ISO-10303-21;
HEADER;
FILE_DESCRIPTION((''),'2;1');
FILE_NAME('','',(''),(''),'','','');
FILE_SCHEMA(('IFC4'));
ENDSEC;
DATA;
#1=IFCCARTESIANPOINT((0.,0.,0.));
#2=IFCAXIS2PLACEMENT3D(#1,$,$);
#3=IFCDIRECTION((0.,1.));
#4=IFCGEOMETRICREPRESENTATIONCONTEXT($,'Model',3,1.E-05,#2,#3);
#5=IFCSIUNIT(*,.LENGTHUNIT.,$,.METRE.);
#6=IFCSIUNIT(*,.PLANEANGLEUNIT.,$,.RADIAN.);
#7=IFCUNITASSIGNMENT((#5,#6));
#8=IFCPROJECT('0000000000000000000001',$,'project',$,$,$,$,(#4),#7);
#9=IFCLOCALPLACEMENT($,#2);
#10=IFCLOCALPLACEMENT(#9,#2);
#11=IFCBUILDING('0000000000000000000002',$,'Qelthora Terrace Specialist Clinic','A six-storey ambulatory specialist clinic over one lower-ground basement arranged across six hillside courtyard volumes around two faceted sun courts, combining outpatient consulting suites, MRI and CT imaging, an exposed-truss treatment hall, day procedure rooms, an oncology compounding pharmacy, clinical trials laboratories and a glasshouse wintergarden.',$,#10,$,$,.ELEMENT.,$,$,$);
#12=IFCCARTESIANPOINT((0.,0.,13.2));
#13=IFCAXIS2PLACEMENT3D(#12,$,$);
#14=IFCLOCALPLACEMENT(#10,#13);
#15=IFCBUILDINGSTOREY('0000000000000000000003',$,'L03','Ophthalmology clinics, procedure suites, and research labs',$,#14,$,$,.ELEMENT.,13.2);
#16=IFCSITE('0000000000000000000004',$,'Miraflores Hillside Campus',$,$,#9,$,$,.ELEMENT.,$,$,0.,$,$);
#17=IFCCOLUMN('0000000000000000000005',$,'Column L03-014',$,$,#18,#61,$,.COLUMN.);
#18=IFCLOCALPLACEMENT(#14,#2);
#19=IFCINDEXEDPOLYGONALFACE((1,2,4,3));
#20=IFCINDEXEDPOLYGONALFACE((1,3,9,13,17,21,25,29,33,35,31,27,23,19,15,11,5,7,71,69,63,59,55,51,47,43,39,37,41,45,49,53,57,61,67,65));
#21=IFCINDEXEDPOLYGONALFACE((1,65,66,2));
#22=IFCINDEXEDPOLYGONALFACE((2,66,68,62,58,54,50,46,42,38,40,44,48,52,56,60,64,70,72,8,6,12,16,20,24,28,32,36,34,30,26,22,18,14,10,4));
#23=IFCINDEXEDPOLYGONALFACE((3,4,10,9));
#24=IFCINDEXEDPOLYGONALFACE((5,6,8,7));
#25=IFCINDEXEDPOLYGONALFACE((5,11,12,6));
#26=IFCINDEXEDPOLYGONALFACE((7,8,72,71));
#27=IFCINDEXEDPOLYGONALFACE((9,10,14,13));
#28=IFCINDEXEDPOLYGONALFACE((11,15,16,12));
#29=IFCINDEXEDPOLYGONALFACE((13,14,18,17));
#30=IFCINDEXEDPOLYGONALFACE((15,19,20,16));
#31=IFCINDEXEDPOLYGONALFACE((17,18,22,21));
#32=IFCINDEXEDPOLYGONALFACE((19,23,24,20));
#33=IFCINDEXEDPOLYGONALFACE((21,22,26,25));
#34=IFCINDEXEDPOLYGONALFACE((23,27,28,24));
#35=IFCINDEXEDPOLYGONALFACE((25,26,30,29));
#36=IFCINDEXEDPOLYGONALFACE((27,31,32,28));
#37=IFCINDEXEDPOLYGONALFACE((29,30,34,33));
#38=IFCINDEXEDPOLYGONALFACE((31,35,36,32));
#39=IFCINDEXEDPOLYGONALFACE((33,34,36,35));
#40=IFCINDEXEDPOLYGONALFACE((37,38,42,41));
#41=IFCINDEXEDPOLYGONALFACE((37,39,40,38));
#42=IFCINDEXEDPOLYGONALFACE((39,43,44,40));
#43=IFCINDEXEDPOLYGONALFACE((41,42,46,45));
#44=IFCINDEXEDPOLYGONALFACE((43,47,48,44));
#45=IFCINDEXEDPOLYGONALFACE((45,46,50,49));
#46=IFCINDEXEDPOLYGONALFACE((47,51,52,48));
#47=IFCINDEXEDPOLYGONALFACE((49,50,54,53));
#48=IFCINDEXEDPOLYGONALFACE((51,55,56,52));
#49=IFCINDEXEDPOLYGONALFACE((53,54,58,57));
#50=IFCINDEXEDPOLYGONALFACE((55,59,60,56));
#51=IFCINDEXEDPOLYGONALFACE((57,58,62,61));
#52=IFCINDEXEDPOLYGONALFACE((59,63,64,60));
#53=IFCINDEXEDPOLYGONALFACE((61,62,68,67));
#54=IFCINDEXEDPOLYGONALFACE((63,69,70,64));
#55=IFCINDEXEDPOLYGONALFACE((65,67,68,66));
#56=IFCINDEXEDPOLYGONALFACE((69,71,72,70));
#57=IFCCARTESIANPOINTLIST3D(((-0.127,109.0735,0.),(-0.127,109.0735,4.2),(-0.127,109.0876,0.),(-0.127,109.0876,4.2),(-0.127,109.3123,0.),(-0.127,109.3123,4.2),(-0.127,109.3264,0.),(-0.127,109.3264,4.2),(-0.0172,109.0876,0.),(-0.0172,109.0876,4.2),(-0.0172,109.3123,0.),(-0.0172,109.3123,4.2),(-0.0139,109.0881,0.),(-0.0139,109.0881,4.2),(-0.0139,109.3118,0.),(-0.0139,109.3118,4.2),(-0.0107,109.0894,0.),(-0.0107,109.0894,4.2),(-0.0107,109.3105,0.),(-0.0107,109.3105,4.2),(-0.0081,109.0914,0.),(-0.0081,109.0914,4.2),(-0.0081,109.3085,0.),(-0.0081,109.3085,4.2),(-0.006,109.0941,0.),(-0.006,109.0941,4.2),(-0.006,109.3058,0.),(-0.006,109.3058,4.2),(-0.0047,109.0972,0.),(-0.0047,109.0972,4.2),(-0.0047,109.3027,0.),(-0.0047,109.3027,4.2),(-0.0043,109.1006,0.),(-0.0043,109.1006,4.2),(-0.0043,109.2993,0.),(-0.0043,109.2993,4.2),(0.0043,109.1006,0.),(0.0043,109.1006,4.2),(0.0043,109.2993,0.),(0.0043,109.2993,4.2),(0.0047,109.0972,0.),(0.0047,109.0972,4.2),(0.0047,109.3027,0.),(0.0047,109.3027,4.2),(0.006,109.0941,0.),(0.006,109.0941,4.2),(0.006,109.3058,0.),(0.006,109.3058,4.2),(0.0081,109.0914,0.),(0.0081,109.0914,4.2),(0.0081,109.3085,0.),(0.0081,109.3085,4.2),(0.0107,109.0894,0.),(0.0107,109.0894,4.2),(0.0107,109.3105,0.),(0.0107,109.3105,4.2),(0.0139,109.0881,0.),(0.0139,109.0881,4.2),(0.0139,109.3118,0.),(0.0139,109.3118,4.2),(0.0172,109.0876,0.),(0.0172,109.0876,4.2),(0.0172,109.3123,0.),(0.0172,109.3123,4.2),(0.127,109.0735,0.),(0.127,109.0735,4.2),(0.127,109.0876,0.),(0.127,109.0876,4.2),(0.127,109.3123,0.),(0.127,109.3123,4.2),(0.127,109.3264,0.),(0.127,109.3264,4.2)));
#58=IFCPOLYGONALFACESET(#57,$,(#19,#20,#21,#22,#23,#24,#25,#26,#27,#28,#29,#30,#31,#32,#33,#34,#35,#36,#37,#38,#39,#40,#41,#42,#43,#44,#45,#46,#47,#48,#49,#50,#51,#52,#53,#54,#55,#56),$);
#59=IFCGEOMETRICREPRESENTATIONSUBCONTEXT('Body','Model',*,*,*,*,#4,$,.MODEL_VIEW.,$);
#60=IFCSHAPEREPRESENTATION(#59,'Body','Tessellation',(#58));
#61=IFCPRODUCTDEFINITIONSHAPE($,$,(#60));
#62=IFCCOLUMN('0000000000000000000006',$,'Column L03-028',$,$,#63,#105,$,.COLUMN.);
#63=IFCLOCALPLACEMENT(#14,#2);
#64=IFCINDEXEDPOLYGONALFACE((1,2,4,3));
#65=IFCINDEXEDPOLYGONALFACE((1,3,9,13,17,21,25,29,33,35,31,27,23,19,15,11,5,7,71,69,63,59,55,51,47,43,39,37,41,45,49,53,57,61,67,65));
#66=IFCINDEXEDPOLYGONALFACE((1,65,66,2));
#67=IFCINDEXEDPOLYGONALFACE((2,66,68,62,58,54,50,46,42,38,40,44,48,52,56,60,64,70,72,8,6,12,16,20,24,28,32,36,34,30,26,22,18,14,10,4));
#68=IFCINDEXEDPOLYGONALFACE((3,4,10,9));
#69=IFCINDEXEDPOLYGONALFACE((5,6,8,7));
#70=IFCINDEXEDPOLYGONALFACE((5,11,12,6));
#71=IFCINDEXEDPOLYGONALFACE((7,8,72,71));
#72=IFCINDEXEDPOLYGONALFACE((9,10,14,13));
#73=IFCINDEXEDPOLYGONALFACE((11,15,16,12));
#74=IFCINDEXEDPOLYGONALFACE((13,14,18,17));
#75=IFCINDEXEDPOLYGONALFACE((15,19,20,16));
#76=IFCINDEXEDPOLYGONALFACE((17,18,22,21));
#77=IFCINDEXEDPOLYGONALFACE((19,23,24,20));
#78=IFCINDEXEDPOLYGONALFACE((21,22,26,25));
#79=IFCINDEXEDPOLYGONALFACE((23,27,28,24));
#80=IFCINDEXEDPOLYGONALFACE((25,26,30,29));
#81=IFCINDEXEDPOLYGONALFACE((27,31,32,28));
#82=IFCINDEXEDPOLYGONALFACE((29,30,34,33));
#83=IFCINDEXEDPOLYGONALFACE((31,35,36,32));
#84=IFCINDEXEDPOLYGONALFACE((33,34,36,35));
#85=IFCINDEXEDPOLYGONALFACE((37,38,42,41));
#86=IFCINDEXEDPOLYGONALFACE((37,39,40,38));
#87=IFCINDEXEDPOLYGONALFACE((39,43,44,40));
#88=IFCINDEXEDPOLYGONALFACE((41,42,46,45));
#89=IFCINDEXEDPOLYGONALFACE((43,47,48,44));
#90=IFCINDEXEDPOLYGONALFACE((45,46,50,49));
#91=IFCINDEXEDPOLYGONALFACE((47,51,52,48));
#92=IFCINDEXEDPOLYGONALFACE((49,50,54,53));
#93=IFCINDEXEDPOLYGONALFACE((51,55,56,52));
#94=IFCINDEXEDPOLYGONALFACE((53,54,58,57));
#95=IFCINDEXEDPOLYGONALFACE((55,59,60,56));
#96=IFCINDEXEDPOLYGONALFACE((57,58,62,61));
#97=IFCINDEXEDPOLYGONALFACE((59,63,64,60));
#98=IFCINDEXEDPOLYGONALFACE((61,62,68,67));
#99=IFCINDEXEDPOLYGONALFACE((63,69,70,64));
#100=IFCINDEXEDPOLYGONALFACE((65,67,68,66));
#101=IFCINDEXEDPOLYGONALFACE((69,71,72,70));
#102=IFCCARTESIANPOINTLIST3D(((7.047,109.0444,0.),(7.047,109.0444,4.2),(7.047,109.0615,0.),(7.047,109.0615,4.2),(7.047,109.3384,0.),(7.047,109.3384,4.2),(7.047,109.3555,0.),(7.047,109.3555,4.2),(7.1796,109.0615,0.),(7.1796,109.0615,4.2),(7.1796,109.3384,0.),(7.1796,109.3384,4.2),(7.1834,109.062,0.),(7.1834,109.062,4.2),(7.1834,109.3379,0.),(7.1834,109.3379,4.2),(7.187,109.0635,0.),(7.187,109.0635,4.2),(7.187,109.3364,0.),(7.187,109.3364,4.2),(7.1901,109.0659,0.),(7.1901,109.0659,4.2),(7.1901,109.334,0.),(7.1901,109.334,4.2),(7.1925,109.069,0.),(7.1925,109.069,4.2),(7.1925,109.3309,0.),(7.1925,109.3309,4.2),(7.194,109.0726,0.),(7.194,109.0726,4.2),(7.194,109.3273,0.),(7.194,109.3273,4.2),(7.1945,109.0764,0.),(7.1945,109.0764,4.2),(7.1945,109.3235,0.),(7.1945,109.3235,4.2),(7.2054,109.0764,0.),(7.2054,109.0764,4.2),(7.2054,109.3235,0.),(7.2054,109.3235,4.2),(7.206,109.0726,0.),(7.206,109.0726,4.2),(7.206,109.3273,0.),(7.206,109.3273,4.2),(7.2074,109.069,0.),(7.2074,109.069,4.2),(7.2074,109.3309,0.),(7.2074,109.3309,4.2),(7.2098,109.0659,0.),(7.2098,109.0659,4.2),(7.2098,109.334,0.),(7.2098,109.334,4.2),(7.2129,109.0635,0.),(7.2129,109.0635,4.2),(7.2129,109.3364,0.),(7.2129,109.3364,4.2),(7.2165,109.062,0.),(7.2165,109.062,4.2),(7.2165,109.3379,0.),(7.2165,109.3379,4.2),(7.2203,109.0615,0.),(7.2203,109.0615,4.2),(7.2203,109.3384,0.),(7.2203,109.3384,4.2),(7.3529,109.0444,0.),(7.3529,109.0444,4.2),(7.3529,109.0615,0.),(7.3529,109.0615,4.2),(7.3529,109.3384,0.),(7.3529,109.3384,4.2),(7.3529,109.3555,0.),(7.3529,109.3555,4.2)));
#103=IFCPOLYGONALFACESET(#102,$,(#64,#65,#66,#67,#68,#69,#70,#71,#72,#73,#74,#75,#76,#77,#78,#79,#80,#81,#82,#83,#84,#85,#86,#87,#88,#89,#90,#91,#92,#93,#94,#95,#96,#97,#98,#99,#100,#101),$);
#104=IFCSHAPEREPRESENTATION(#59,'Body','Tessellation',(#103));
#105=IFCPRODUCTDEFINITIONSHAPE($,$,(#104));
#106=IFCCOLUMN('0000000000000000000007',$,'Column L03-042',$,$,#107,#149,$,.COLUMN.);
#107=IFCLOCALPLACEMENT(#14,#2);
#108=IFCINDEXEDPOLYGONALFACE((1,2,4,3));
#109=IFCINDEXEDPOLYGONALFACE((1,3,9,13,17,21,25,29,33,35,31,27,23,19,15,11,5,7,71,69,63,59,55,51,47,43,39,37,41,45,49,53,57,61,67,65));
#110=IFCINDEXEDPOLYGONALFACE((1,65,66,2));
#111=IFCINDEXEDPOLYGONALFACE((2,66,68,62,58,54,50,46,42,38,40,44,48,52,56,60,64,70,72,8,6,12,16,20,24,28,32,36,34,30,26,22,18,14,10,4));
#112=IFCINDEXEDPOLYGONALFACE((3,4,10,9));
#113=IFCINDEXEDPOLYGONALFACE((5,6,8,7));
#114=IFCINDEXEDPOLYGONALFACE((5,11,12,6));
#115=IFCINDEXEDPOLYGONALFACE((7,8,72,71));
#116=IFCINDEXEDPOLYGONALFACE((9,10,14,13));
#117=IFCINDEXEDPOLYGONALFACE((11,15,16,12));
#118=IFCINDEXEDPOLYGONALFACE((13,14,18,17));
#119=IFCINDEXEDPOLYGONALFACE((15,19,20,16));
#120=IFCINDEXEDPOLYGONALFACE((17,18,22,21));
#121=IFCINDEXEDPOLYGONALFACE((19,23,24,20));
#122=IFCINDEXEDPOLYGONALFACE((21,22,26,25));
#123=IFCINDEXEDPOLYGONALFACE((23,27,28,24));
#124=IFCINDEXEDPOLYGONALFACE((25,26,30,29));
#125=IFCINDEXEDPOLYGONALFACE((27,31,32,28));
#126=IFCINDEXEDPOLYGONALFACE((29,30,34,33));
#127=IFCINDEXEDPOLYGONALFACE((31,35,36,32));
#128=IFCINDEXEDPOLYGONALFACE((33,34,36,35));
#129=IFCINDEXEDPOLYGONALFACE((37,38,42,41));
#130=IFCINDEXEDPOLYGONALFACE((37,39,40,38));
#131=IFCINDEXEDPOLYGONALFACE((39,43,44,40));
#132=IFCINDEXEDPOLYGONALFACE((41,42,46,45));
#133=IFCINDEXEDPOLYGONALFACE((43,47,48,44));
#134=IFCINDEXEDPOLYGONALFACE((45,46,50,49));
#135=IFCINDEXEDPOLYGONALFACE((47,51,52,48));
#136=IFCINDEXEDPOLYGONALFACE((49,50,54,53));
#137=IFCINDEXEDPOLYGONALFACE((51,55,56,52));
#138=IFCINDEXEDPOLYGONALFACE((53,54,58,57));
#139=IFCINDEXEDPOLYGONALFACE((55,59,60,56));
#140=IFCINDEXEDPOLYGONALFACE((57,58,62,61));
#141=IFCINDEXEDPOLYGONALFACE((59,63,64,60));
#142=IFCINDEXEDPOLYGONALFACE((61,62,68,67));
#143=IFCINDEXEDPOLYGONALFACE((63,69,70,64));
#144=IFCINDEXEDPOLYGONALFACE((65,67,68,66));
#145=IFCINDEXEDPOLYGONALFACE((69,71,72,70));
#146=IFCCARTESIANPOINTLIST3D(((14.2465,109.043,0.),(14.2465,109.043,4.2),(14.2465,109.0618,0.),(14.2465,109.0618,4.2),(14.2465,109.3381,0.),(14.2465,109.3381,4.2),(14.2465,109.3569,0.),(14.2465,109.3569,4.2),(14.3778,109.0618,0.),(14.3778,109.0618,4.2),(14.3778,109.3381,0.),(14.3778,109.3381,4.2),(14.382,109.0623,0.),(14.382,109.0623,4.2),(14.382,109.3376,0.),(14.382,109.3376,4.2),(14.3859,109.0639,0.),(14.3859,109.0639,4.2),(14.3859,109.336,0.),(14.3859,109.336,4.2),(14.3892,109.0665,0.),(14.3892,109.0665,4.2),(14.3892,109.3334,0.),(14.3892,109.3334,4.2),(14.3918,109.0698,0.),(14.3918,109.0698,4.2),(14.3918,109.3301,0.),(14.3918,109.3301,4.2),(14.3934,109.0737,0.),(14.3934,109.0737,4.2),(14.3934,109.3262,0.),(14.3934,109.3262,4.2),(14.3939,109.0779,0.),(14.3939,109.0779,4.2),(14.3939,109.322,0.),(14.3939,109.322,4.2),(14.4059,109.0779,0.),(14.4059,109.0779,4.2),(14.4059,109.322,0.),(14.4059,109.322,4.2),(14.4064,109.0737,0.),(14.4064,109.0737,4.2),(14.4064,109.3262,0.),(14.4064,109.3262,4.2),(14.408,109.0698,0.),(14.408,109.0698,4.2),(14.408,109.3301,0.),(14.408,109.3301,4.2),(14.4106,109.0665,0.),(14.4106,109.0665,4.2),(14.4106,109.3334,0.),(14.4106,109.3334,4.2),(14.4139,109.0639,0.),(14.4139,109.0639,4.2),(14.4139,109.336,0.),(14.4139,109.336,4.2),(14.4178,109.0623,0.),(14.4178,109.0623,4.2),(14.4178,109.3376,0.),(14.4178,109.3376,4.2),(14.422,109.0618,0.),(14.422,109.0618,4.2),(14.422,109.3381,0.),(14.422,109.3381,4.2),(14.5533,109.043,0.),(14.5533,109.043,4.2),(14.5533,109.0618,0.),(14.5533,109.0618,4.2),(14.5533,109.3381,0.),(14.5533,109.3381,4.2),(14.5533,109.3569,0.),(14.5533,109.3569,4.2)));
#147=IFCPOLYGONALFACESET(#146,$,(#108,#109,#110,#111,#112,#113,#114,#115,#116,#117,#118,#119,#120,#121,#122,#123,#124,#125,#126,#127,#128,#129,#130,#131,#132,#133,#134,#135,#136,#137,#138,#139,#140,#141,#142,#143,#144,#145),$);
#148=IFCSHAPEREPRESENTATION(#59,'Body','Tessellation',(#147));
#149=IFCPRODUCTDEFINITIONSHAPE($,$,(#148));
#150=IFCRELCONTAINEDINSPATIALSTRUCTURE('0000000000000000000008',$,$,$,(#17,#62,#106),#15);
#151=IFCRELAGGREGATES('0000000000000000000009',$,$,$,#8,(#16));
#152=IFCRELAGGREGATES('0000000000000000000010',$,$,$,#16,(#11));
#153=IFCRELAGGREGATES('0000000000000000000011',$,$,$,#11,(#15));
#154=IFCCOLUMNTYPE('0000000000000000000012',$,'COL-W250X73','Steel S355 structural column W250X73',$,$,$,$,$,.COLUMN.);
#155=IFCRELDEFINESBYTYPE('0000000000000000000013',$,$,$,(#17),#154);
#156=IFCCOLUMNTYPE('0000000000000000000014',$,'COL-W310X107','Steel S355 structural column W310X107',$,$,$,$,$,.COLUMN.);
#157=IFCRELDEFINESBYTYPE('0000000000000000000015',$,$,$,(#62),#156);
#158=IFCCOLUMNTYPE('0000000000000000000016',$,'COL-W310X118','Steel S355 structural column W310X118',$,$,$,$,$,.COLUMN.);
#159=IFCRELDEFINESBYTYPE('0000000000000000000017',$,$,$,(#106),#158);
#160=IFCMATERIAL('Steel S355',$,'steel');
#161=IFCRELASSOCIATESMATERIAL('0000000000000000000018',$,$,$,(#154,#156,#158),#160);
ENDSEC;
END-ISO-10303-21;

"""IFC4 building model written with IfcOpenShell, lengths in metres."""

from ifc_helpers import new_model, si_unit, direction, frame, origin, origin_2d, place, context, subcontext, project, spatial, i_section, extrude, material, material_profile, profile_set, type_object, element, save


model = new_model("IFC4")

# Units and contexts
model_context = context("Model", 3, precision=1e-05, world=origin(), true_north=direction((0.0, 1.0)))
body_context = subcontext(model_context, "Body", "Model", "MODEL_VIEW")
ifc_project = project(units=[si_unit("LENGTHUNIT", "METRE"), si_unit("PLANEANGLEUNIT", "RADIAN")], contexts=[model_context])

# Site, building, storey
site_placement = place(None, origin())
site = spatial("IfcSite", under=ifc_project, at=site_placement, Name="Miraflores Hillside Campus", CompositionType="ELEMENT", RefElevation=0.0)
building_placement = place(site_placement, origin())
building = spatial("IfcBuilding", under=site, at=building_placement, Name="Qelthora Terrace Specialist Clinic", Description="A six-storey ambulatory specialist clinic over one lower-ground basement arranged across six hillside courtyard volumes around two faceted sun courts, combining outpatient consulting suites, MRI and CT imaging, an exposed-truss treatment hall, day procedure rooms, an oncology compounding pharmacy, clinical trials laboratories and a glasshouse wintergarden.", CompositionType="ELEMENT")
storey_placement = place(building_placement, frame((0.0, 0.0, 13.2)))
storey = spatial("IfcBuildingStorey", under=building, at=storey_placement, Name="L03", Description="Ophthalmology clinics, procedure suites, and research labs", CompositionType="ELEMENT", Elevation=13.2)

# Columns
ifc_material_1 = material(Name="Steel S355", Category="steel")
ifc_material_profile_1 = material_profile(ifc_material_1, i_section(OverallWidth=0.2539, OverallDepth=0.2529, WebThickness=0.0085, FlangeThickness=0.0142, FilletRadius=0.0129, at=origin_2d()), Name="W250X73")
ifc_profile_set_1 = profile_set([ifc_material_profile_1], Name="Steel S355")
column_type_1 = type_object("IfcColumnType", Name="COL-W250X73", Description="Steel S355 structural column W250X73", PredefinedType="COLUMN", material=ifc_profile_set_1)
column_1_placement = place(storey_placement, frame((0.0, 109.2, 0.0), z_axis=(0.0, 0.0, 1.0), x_axis=(1.0, 0.0, 0.0)))
element("IfcColumn", 1, at=column_1_placement, inside=storey, type_object=column_type_1, Name="Column L03-014", PredefinedType="COLUMN", context=body_context, shape_type="SweptSolid", body=[
    extrude(i_section(OverallWidth=0.2539, OverallDepth=0.2529, WebThickness=0.0085, FlangeThickness=0.0142, FilletRadius=0.0129, at=origin_2d()), origin(), (0.0, 0.0, 1.0), 4.2),
])
ifc_material_profile_2 = material_profile(ifc_material_1, i_section(OverallWidth=0.3059, OverallDepth=0.311, WebThickness=0.011, FlangeThickness=0.0171, FilletRadius=0.0149, at=origin_2d()), Name="W310X107")
ifc_profile_set_2 = profile_set([ifc_material_profile_2], Name="Steel S355")
column_type_2 = type_object("IfcColumnType", Name="COL-W310X107", Description="Steel S355 structural column W310X107", PredefinedType="COLUMN", material=ifc_profile_set_2)
column_2_placement = place(storey_placement, frame((7.2, 109.2, 0.0), z_axis=(0.0, 0.0, 1.0), x_axis=(1.0, 0.0, 0.0)))
element("IfcColumn", 2, at=column_2_placement, inside=storey, type_object=column_type_2, Name="Column L03-028", PredefinedType="COLUMN", context=body_context, shape_type="SweptSolid", body=[
    extrude(i_section(OverallWidth=0.3059, OverallDepth=0.311, WebThickness=0.011, FlangeThickness=0.0171, FilletRadius=0.0149, at=origin_2d()), origin(), (0.0, 0.0, 1.0), 4.2),
])
ifc_material_profile_3 = material_profile(ifc_material_1, i_section(OverallWidth=0.3069, OverallDepth=0.314, WebThickness=0.012, FlangeThickness=0.0188, FilletRadius=0.0161, at=origin_2d()), Name="W310X118")
ifc_profile_set_3 = profile_set([ifc_material_profile_3], Name="Steel S355")
column_type_3 = type_object("IfcColumnType", Name="COL-W310X118", Description="Steel S355 structural column W310X118", PredefinedType="COLUMN", material=ifc_profile_set_3)
column_3_placement = place(storey_placement, frame((14.3999, 109.2, 0.0), z_axis=(0.0, 0.0, 1.0), x_axis=(1.0, 0.0, 0.0)))
element("IfcColumn", 3, at=column_3_placement, inside=storey, type_object=column_type_3, Name="Column L03-042", PredefinedType="COLUMN", context=body_context, shape_type="SweptSolid", body=[
    extrude(i_section(OverallWidth=0.3069, OverallDepth=0.314, WebThickness=0.012, FlangeThickness=0.0188, FilletRadius=0.0161, at=origin_2d()), origin(), (0.0, 0.0, 1.0), 4.2),
])

save(model, "model.ifc")
